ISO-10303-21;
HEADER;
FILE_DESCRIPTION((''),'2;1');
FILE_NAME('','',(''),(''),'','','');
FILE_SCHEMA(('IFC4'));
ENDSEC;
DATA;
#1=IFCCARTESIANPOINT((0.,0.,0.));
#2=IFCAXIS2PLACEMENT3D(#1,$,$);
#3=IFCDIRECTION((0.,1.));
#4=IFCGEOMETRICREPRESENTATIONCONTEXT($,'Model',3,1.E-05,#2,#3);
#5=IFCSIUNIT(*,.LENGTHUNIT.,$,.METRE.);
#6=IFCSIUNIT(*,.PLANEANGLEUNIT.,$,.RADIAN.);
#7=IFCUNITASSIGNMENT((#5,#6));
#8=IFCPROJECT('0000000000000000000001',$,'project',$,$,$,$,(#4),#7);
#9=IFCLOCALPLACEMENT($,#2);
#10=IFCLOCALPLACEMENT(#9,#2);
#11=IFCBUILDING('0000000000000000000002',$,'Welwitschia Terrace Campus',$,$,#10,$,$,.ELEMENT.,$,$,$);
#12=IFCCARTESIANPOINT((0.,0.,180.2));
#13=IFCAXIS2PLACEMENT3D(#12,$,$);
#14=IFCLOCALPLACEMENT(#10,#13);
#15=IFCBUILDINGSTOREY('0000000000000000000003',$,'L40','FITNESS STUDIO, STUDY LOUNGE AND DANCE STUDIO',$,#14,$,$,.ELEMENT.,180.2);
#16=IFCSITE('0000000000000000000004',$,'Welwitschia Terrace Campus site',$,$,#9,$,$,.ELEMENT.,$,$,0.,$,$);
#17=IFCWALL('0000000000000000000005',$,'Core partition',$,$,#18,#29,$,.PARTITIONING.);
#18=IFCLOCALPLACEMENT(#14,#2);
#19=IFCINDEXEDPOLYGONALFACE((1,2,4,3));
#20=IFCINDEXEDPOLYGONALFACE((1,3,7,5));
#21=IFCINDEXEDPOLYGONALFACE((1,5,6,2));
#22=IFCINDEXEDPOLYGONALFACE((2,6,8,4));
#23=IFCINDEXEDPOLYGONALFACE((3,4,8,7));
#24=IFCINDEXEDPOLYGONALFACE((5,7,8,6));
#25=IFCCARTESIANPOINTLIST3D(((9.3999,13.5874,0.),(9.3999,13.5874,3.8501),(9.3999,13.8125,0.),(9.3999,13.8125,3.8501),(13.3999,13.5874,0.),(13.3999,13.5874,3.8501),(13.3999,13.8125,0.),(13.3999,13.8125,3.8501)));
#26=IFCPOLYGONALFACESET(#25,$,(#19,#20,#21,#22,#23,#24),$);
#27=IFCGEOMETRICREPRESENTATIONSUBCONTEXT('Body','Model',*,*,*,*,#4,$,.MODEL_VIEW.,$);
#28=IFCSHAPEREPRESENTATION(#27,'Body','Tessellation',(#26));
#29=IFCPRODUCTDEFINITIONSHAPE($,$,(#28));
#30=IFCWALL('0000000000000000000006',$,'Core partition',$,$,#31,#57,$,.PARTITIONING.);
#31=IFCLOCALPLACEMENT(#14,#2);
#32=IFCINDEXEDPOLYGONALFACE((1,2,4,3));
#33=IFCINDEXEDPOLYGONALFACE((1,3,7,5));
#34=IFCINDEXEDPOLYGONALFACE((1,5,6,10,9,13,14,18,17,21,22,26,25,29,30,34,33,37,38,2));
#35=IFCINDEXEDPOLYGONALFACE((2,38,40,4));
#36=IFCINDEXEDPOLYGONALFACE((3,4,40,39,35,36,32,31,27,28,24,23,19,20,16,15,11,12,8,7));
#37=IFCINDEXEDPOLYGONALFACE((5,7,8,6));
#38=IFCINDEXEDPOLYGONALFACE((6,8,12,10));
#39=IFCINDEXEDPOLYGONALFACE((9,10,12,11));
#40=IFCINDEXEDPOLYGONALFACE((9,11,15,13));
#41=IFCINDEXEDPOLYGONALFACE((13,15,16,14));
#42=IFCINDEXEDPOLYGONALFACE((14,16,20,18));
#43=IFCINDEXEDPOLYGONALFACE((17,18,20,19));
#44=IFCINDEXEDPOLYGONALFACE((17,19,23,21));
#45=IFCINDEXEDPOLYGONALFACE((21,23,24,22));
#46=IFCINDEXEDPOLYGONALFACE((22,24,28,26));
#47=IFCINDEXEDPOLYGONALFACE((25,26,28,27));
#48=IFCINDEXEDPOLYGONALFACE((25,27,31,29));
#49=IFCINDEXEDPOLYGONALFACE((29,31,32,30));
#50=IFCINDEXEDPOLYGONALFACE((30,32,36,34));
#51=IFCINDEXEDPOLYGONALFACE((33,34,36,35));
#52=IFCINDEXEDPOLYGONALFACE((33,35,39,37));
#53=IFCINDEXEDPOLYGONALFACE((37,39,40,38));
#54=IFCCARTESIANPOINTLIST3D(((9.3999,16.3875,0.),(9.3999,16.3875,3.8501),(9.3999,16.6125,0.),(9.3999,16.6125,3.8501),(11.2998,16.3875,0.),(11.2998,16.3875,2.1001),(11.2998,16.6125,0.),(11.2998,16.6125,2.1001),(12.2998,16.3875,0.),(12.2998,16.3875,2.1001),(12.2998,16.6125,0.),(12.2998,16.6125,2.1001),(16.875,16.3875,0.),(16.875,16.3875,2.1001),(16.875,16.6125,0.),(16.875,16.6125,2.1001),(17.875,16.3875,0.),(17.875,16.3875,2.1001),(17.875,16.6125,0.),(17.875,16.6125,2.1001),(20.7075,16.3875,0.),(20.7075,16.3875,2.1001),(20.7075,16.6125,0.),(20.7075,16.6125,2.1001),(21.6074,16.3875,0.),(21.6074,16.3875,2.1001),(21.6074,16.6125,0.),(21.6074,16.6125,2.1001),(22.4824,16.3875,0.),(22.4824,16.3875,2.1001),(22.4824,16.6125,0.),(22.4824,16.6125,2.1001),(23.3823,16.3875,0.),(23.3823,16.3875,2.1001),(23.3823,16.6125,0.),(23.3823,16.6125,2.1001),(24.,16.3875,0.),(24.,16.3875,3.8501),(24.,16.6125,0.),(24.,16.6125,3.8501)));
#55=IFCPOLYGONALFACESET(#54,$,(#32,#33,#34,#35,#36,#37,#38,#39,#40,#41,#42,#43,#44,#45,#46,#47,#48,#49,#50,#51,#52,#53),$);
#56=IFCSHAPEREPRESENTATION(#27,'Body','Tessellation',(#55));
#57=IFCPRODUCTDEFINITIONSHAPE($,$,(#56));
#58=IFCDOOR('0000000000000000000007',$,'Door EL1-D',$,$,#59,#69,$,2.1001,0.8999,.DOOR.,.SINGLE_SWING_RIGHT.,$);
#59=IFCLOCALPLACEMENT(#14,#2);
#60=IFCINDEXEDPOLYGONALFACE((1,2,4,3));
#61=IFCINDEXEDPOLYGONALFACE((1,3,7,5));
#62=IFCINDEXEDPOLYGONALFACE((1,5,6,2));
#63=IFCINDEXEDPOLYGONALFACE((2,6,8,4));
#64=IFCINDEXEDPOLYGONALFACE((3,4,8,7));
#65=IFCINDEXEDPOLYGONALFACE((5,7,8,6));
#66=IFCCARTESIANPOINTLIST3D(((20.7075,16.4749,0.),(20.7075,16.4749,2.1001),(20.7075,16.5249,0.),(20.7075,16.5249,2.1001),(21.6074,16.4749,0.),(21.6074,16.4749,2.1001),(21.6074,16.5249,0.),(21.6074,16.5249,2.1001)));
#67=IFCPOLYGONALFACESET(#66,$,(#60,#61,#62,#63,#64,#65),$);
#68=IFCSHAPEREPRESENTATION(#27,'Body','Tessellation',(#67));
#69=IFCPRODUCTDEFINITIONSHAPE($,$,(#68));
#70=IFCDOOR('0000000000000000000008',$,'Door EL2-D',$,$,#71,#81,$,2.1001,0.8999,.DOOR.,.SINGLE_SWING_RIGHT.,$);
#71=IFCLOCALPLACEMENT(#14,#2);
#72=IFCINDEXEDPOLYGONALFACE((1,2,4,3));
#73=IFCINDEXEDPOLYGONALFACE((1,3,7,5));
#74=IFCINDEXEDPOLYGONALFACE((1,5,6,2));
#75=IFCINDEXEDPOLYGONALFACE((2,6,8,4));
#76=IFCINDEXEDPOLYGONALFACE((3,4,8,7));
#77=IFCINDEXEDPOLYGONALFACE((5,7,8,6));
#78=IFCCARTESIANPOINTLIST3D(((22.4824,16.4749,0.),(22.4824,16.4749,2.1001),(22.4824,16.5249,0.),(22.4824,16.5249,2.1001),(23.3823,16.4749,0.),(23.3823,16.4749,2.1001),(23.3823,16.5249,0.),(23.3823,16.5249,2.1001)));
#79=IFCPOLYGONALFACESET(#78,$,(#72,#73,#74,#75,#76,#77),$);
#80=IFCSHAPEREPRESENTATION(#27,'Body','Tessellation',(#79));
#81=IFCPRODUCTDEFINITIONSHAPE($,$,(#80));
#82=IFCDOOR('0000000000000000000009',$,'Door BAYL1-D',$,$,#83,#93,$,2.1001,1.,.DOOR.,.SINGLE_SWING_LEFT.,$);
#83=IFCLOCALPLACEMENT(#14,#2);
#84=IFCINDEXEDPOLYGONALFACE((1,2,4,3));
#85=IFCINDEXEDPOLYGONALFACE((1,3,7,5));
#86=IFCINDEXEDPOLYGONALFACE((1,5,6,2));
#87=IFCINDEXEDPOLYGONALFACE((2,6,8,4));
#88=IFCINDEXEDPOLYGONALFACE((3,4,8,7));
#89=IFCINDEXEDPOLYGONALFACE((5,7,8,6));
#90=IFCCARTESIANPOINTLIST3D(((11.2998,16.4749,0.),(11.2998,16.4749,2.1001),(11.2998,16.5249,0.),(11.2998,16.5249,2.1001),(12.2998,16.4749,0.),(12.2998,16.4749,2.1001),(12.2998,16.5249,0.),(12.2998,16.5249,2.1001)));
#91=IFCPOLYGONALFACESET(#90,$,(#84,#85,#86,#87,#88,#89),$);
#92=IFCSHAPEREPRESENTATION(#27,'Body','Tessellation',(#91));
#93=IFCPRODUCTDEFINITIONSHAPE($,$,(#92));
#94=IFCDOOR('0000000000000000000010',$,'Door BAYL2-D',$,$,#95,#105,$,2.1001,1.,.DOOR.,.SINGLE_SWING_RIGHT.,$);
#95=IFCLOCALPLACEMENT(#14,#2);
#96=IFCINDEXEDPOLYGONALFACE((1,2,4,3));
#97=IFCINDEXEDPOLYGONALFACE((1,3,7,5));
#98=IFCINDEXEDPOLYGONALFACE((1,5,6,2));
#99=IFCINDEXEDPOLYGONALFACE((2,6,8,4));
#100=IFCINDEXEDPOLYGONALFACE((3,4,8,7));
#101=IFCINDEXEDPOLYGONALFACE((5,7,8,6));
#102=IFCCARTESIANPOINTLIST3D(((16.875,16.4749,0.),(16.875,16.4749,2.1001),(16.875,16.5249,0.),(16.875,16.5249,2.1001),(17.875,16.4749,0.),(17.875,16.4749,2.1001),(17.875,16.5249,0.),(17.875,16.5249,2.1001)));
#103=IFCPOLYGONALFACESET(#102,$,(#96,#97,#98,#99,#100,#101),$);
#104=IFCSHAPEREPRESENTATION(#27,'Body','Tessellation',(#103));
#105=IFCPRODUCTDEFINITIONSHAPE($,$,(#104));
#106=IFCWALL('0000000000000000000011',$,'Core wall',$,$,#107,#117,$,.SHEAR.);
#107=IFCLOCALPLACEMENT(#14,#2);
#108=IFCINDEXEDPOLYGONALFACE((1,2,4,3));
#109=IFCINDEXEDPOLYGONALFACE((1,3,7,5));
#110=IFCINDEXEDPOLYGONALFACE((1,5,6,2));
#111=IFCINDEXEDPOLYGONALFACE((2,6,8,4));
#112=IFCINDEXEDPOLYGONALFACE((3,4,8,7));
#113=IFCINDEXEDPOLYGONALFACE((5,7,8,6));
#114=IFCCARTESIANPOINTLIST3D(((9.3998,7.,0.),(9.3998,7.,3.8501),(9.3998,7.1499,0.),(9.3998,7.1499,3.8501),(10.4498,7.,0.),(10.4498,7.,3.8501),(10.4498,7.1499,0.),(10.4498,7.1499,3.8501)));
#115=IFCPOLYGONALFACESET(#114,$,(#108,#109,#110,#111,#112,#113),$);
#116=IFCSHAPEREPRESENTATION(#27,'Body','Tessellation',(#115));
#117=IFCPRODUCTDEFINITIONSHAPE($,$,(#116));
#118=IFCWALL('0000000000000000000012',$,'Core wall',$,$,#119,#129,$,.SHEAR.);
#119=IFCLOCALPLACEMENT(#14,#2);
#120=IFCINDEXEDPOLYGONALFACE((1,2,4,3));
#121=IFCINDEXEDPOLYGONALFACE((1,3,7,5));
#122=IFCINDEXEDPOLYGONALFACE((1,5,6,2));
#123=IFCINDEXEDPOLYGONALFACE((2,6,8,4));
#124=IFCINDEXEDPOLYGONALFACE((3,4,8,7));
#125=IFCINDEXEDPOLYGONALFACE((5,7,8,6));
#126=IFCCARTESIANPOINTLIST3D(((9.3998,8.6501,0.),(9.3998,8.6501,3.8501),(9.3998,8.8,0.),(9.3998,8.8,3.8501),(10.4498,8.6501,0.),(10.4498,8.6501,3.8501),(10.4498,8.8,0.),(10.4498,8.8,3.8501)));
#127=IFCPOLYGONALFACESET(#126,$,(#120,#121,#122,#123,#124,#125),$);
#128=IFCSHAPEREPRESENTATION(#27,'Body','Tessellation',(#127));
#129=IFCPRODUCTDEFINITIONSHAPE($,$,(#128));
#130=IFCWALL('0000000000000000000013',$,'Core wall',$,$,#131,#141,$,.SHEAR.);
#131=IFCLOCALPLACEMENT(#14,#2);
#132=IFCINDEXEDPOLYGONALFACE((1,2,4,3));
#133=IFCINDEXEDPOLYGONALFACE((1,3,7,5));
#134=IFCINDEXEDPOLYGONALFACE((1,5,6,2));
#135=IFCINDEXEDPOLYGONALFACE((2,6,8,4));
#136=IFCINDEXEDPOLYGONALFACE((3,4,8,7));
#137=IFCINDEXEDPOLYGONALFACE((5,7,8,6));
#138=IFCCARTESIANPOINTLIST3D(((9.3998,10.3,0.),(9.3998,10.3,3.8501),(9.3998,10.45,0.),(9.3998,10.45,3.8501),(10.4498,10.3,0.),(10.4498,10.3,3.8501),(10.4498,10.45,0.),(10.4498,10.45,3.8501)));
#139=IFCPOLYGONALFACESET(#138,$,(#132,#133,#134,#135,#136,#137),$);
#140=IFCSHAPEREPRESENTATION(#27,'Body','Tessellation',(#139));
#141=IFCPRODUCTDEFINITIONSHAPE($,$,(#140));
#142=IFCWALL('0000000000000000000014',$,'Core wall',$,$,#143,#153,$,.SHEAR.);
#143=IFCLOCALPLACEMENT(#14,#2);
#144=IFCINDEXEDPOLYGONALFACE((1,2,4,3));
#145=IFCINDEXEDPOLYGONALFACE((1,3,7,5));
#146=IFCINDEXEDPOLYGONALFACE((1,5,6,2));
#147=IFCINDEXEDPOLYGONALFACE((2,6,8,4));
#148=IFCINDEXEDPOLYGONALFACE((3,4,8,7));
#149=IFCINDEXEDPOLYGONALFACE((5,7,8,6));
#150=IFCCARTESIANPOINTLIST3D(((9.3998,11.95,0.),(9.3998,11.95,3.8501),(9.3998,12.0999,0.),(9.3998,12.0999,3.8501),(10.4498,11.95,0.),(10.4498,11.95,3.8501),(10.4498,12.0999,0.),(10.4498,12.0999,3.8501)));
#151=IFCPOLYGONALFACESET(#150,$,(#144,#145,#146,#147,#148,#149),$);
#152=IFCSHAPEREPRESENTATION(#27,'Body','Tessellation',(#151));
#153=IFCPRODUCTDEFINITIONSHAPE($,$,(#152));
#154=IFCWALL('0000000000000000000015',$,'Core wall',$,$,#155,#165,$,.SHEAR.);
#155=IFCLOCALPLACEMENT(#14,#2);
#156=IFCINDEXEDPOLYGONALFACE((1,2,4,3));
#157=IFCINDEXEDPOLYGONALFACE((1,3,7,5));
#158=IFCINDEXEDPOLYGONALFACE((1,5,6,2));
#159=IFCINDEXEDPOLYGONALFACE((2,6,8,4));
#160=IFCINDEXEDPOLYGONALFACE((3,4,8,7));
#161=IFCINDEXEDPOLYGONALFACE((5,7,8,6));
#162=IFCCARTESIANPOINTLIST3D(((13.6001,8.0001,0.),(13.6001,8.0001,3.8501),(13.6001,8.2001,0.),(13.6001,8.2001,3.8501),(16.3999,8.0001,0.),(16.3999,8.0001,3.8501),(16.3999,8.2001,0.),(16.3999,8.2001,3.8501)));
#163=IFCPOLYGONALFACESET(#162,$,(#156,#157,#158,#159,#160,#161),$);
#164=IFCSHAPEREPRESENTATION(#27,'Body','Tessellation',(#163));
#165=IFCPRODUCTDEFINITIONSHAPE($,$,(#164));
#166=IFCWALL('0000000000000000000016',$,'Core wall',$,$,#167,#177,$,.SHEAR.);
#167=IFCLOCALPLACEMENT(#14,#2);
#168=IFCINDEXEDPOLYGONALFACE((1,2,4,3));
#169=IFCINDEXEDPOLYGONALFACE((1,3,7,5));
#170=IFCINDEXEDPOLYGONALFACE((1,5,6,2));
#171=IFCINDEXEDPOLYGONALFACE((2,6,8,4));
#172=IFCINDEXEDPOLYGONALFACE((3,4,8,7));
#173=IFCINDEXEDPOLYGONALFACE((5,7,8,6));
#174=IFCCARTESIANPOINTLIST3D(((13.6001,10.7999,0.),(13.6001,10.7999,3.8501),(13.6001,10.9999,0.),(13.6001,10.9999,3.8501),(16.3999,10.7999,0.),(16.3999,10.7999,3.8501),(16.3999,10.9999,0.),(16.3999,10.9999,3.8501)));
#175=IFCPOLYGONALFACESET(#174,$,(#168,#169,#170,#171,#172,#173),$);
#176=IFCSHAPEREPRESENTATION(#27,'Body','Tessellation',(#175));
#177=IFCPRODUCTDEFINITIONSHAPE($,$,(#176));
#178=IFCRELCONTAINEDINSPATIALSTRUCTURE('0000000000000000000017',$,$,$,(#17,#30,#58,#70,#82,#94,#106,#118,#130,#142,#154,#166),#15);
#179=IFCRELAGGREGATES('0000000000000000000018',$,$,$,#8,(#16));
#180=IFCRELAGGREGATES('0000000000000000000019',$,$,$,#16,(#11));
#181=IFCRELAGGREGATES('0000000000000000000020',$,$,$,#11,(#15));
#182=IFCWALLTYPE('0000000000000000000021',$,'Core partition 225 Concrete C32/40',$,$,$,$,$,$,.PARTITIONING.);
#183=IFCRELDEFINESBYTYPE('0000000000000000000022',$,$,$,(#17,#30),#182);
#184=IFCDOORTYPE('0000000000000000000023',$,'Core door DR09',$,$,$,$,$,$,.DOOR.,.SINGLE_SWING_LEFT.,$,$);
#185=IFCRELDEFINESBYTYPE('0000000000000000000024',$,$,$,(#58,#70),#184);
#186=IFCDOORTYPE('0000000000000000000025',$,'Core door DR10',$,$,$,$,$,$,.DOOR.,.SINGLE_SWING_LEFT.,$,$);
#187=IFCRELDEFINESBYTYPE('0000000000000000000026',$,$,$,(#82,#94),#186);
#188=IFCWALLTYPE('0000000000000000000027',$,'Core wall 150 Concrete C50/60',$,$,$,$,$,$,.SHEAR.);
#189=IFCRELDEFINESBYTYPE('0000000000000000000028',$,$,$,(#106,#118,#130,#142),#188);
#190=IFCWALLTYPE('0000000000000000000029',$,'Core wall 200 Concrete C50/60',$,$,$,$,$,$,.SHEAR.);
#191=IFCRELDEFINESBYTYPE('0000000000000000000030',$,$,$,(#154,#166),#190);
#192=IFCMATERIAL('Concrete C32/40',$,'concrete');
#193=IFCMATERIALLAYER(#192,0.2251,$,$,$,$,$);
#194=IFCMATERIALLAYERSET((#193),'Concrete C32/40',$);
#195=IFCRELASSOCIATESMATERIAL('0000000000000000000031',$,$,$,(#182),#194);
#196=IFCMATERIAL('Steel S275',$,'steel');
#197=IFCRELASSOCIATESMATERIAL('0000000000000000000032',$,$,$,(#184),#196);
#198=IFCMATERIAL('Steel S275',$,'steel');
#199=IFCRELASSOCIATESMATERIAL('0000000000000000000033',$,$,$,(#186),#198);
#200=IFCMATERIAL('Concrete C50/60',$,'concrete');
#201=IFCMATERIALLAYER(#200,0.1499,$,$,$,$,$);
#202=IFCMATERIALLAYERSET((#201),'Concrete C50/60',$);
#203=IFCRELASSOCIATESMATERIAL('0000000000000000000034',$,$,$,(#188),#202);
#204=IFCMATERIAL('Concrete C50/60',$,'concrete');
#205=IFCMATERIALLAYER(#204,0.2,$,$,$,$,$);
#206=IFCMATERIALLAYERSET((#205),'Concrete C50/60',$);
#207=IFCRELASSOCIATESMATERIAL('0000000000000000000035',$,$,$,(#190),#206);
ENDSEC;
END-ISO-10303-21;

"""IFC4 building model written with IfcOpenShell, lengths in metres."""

from ifc_helpers import new_model, si_unit, direction, frame, frame_2d, origin, place, context, subcontext, project, spatial, rectangle, extrude, material, layer, layer_set, type_object, element, fill, save


model = new_model("IFC4")

# Units and contexts
model_context = context("Model", 3, precision=1e-05, world=origin(), true_north=direction((0.0, 1.0)))
body_context = subcontext(model_context, "Body", "Model", "MODEL_VIEW")
ifc_project = project(units=[si_unit("LENGTHUNIT", "METRE"), si_unit("PLANEANGLEUNIT", "RADIAN")], contexts=[model_context])

# Site, building, storey
site_placement = place(None, origin())
site = spatial("IfcSite", under=ifc_project, at=site_placement, Name="Welwitschia Terrace Campus site", CompositionType="ELEMENT", RefElevation=0.0)
building_placement = place(site_placement, origin())
building = spatial("IfcBuilding", under=site, at=building_placement, Name="Welwitschia Terrace Campus", CompositionType="ELEMENT")
storey_placement = place(building_placement, frame((0.0, 0.0, 180.2)))
storey = spatial("IfcBuildingStorey", under=building, at=storey_placement, Name="L40", Description="FITNESS STUDIO, STUDY LOUNGE AND DANCE STUDIO", CompositionType="ELEMENT", Elevation=180.2)

# Wall
ifc_material_1 = material(Name="Concrete C32/40", Category="concrete")
ifc_layer_1 = layer(ifc_material_1, 0.2251)
ifc_layer_set_1 = layer_set([ifc_layer_1], Name="Concrete C32/40")
wall_type_1 = type_object("IfcWallType", Name="Core partition 225 Concrete C32/40", PredefinedType="PARTITIONING", material=ifc_layer_set_1)
wall_1_placement = place(storey_placement, frame((9.3999, 13.7, 0.0), z_axis=(0.0, 0.0, 1.0), x_axis=(1.0, 0.0, 0.0)))
element("IfcWall", 1, at=wall_1_placement, inside=storey, type_object=wall_type_1, Name="Core partition", PredefinedType="PARTITIONING", context=body_context, shape_type="SweptSolid", body=[
    extrude(rectangle(XDim=4.0, YDim=0.2251, at=frame_2d((2.0, 0.0))), origin(), (0.0, 0.0, 1.0), 3.8501),
])

# Wall, openings, doors
wall_2_placement = place(storey_placement, frame((9.3999, 16.5, 0.0), z_axis=(0.0, 0.0, 1.0), x_axis=(1.0, 0.0, 0.0)))
wall_2 = element("IfcWall", 2, at=wall_2_placement, inside=storey, type_object=wall_type_1, Name="Core partition", PredefinedType="PARTITIONING", context=body_context, shape_type="SweptSolid", body=[
    extrude(rectangle(XDim=14.6001, YDim=0.2251, at=frame_2d((7.3, 0.0))), origin(), (0.0, 0.0, 1.0), 3.8501),
])
opening_1_placement = place(wall_2_placement, frame((1.8999, 0.0, 0.0)))
opening_1 = element("IfcOpeningElement", 3, at=opening_1_placement, cuts=wall_2, PredefinedType="OPENING", context=body_context, shape_type="SweptSolid", body=[
    extrude(rectangle(XDim=1.0, YDim=2.1001, at=frame_2d((0.5, 1.05))), frame((0.0, 0.1226, 0.0), z_axis=(0.0, -1.0, 0.0), x_axis=(1.0, 0.0, 0.0)), (0.0, 0.0, 1.0), 0.2451),
])
opening_2_placement = place(wall_2_placement, frame((7.4751, 0.0, 0.0)))
opening_2 = element("IfcOpeningElement", 4, at=opening_2_placement, cuts=wall_2, PredefinedType="OPENING", context=body_context, shape_type="SweptSolid", body=[
    extrude(rectangle(XDim=1.0, YDim=2.1001, at=frame_2d((0.5, 1.05))), frame((0.0, 0.1226, 0.0), z_axis=(0.0, -1.0, 0.0), x_axis=(1.0, 0.0, 0.0)), (0.0, 0.0, 1.0), 0.2451),
])
opening_3_placement = place(wall_2_placement, frame((11.3076, 0.0, 0.0)))
opening_3 = element("IfcOpeningElement", 5, at=opening_3_placement, cuts=wall_2, PredefinedType="OPENING", context=body_context, shape_type="SweptSolid", body=[
    extrude(rectangle(XDim=0.8999, YDim=2.1001, at=frame_2d((0.45, 1.05))), frame((0.0, 0.1226, 0.0), z_axis=(0.0, -1.0, 0.0), x_axis=(1.0, 0.0, 0.0)), (0.0, 0.0, 1.0), 0.2451),
])
opening_4_placement = place(wall_2_placement, frame((13.0825, 0.0, 0.0)))
opening_4 = element("IfcOpeningElement", 6, at=opening_4_placement, cuts=wall_2, PredefinedType="OPENING", context=body_context, shape_type="SweptSolid", body=[
    extrude(rectangle(XDim=0.8999, YDim=2.1001, at=frame_2d((0.45, 1.05))), frame((0.0, 0.1226, 0.0), z_axis=(0.0, -1.0, 0.0), x_axis=(1.0, 0.0, 0.0)), (0.0, 0.0, 1.0), 0.2451),
])
ifc_material_2 = material(Name="Steel S275", Category="steel")
door_type_1 = type_object("IfcDoorType", Name="Core door DR09", OperationType="SINGLE_SWING_LEFT", PredefinedType="DOOR", material=ifc_material_2)
door_1_placement = place(opening_3_placement, origin())
door_1 = element("IfcDoor", 7, at=door_1_placement, inside=storey, type_object=door_type_1, Name="Door EL1-D", OperationType="SINGLE_SWING_RIGHT", OverallHeight=2.1001, OverallWidth=0.8999, PredefinedType="DOOR", context=body_context, shape_type="SweptSolid", body=[
    extrude(rectangle(XDim=0.8999, YDim=2.1001, at=frame_2d((0.45, 1.05))), frame((0.0, 0.0249, 0.0), z_axis=(0.0, -1.0, 0.0), x_axis=(1.0, 0.0, 0.0)), (0.0, 0.0, 1.0), 0.05),
])
fill(opening_3, door_1)
door_2_placement = place(opening_4_placement, origin())
door_2 = element("IfcDoor", 8, at=door_2_placement, inside=storey, type_object=door_type_1, Name="Door EL2-D", OperationType="SINGLE_SWING_RIGHT", OverallHeight=2.1001, OverallWidth=0.8999, PredefinedType="DOOR", context=body_context, shape_type="SweptSolid", body=[
    extrude(rectangle(XDim=0.8999, YDim=2.1001, at=frame_2d((0.45, 1.05))), frame((0.0, 0.0249, 0.0), z_axis=(0.0, -1.0, 0.0), x_axis=(1.0, 0.0, 0.0)), (0.0, 0.0, 1.0), 0.05),
])
fill(opening_4, door_2)
ifc_material_3 = material(Name="Steel S275", Category="steel")
door_type_2 = type_object("IfcDoorType", Name="Core door DR10", OperationType="SINGLE_SWING_LEFT", PredefinedType="DOOR", material=ifc_material_3)
door_3_placement = place(opening_1_placement, origin())
door_3 = element("IfcDoor", 9, at=door_3_placement, inside=storey, type_object=door_type_2, Name="Door BAYL1-D", OperationType="SINGLE_SWING_LEFT", OverallHeight=2.1001, OverallWidth=1.0, PredefinedType="DOOR", context=body_context, shape_type="SweptSolid", body=[
    extrude(rectangle(XDim=1.0, YDim=2.1001, at=frame_2d((0.5, 1.05))), frame((0.0, 0.0249, 0.0), z_axis=(0.0, -1.0, 0.0), x_axis=(1.0, 0.0, 0.0)), (0.0, 0.0, 1.0), 0.05),
])
fill(opening_1, door_3)
door_4_placement = place(opening_2_placement, origin())
door_4 = element("IfcDoor", 10, at=door_4_placement, inside=storey, type_object=door_type_2, Name="Door BAYL2-D", OperationType="SINGLE_SWING_RIGHT", OverallHeight=2.1001, OverallWidth=1.0, PredefinedType="DOOR", context=body_context, shape_type="SweptSolid", body=[
    extrude(rectangle(XDim=1.0, YDim=2.1001, at=frame_2d((0.5, 1.05))), frame((0.0, 0.0249, 0.0), z_axis=(0.0, -1.0, 0.0), x_axis=(1.0, 0.0, 0.0)), (0.0, 0.0, 1.0), 0.05),
])
fill(opening_2, door_4)

# Walls
ifc_material_4 = material(Name="Concrete C50/60", Category="concrete")
ifc_layer_2 = layer(ifc_material_4, 0.1499)
ifc_layer_set_2 = layer_set([ifc_layer_2], Name="Concrete C50/60")
wall_type_2 = type_object("IfcWallType", Name="Core wall 150 Concrete C50/60", PredefinedType="SHEAR", material=ifc_layer_set_2)
for number, where, z_axis, x_axis, name in (
    (11, (9.3999, 7.075, 0.0), (0.0, 0.0, 1.0), (1.0, 0.0, 0.0), "Core wall"),
    (12, (9.3999, 8.7251, 0.0), (0.0, 0.0, 1.0), (1.0, 0.0, 0.0), "Core wall"),
    (13, (9.3999, 10.375, 0.0), (0.0, 0.0, 1.0), (1.0, 0.0, 0.0), "Core wall"),
    (14, (9.3999, 12.0249, 0.0), (0.0, 0.0, 1.0), (1.0, 0.0, 0.0), "Core wall"),
):
    element("IfcWall", number, at=place(storey_placement, frame(where, z_axis=z_axis, x_axis=x_axis)), inside=storey, type_object=wall_type_2, Name=name, PredefinedType="SHEAR", context=body_context, shape_type="SweptSolid", body=[
        extrude(rectangle(XDim=1.05, YDim=0.1499, at=frame_2d((0.5249, 0.0))), origin(), (0.0, 0.0, 1.0), 3.8501),
    ])
ifc_material_5 = material(Name="Concrete C50/60", Category="concrete")
ifc_layer_3 = layer(ifc_material_5, 0.2)
ifc_layer_set_3 = layer_set([ifc_layer_3], Name="Concrete C50/60")
wall_type_3 = type_object("IfcWallType", Name="Core wall 200 Concrete C50/60", PredefinedType="SHEAR", material=ifc_layer_set_3)
for number, where, z_axis, x_axis, name in (
    (15, (13.6001, 8.1001, 0.0), (0.0, 0.0, 1.0), (1.0, 0.0, 0.0), "Core wall"),
    (16, (13.6001, 10.8999, 0.0), (0.0, 0.0, 1.0), (1.0, 0.0, 0.0), "Core wall"),
):
    element("IfcWall", number, at=place(storey_placement, frame(where, z_axis=z_axis, x_axis=x_axis)), inside=storey, type_object=wall_type_3, Name=name, PredefinedType="SHEAR", context=body_context, shape_type="SweptSolid", body=[
        extrude(rectangle(XDim=2.7998, YDim=0.2, at=frame_2d((1.3999, 0.0))), origin(), (0.0, 0.0, 1.0), 3.8501),
    ])

save(model, "model.ifc")
